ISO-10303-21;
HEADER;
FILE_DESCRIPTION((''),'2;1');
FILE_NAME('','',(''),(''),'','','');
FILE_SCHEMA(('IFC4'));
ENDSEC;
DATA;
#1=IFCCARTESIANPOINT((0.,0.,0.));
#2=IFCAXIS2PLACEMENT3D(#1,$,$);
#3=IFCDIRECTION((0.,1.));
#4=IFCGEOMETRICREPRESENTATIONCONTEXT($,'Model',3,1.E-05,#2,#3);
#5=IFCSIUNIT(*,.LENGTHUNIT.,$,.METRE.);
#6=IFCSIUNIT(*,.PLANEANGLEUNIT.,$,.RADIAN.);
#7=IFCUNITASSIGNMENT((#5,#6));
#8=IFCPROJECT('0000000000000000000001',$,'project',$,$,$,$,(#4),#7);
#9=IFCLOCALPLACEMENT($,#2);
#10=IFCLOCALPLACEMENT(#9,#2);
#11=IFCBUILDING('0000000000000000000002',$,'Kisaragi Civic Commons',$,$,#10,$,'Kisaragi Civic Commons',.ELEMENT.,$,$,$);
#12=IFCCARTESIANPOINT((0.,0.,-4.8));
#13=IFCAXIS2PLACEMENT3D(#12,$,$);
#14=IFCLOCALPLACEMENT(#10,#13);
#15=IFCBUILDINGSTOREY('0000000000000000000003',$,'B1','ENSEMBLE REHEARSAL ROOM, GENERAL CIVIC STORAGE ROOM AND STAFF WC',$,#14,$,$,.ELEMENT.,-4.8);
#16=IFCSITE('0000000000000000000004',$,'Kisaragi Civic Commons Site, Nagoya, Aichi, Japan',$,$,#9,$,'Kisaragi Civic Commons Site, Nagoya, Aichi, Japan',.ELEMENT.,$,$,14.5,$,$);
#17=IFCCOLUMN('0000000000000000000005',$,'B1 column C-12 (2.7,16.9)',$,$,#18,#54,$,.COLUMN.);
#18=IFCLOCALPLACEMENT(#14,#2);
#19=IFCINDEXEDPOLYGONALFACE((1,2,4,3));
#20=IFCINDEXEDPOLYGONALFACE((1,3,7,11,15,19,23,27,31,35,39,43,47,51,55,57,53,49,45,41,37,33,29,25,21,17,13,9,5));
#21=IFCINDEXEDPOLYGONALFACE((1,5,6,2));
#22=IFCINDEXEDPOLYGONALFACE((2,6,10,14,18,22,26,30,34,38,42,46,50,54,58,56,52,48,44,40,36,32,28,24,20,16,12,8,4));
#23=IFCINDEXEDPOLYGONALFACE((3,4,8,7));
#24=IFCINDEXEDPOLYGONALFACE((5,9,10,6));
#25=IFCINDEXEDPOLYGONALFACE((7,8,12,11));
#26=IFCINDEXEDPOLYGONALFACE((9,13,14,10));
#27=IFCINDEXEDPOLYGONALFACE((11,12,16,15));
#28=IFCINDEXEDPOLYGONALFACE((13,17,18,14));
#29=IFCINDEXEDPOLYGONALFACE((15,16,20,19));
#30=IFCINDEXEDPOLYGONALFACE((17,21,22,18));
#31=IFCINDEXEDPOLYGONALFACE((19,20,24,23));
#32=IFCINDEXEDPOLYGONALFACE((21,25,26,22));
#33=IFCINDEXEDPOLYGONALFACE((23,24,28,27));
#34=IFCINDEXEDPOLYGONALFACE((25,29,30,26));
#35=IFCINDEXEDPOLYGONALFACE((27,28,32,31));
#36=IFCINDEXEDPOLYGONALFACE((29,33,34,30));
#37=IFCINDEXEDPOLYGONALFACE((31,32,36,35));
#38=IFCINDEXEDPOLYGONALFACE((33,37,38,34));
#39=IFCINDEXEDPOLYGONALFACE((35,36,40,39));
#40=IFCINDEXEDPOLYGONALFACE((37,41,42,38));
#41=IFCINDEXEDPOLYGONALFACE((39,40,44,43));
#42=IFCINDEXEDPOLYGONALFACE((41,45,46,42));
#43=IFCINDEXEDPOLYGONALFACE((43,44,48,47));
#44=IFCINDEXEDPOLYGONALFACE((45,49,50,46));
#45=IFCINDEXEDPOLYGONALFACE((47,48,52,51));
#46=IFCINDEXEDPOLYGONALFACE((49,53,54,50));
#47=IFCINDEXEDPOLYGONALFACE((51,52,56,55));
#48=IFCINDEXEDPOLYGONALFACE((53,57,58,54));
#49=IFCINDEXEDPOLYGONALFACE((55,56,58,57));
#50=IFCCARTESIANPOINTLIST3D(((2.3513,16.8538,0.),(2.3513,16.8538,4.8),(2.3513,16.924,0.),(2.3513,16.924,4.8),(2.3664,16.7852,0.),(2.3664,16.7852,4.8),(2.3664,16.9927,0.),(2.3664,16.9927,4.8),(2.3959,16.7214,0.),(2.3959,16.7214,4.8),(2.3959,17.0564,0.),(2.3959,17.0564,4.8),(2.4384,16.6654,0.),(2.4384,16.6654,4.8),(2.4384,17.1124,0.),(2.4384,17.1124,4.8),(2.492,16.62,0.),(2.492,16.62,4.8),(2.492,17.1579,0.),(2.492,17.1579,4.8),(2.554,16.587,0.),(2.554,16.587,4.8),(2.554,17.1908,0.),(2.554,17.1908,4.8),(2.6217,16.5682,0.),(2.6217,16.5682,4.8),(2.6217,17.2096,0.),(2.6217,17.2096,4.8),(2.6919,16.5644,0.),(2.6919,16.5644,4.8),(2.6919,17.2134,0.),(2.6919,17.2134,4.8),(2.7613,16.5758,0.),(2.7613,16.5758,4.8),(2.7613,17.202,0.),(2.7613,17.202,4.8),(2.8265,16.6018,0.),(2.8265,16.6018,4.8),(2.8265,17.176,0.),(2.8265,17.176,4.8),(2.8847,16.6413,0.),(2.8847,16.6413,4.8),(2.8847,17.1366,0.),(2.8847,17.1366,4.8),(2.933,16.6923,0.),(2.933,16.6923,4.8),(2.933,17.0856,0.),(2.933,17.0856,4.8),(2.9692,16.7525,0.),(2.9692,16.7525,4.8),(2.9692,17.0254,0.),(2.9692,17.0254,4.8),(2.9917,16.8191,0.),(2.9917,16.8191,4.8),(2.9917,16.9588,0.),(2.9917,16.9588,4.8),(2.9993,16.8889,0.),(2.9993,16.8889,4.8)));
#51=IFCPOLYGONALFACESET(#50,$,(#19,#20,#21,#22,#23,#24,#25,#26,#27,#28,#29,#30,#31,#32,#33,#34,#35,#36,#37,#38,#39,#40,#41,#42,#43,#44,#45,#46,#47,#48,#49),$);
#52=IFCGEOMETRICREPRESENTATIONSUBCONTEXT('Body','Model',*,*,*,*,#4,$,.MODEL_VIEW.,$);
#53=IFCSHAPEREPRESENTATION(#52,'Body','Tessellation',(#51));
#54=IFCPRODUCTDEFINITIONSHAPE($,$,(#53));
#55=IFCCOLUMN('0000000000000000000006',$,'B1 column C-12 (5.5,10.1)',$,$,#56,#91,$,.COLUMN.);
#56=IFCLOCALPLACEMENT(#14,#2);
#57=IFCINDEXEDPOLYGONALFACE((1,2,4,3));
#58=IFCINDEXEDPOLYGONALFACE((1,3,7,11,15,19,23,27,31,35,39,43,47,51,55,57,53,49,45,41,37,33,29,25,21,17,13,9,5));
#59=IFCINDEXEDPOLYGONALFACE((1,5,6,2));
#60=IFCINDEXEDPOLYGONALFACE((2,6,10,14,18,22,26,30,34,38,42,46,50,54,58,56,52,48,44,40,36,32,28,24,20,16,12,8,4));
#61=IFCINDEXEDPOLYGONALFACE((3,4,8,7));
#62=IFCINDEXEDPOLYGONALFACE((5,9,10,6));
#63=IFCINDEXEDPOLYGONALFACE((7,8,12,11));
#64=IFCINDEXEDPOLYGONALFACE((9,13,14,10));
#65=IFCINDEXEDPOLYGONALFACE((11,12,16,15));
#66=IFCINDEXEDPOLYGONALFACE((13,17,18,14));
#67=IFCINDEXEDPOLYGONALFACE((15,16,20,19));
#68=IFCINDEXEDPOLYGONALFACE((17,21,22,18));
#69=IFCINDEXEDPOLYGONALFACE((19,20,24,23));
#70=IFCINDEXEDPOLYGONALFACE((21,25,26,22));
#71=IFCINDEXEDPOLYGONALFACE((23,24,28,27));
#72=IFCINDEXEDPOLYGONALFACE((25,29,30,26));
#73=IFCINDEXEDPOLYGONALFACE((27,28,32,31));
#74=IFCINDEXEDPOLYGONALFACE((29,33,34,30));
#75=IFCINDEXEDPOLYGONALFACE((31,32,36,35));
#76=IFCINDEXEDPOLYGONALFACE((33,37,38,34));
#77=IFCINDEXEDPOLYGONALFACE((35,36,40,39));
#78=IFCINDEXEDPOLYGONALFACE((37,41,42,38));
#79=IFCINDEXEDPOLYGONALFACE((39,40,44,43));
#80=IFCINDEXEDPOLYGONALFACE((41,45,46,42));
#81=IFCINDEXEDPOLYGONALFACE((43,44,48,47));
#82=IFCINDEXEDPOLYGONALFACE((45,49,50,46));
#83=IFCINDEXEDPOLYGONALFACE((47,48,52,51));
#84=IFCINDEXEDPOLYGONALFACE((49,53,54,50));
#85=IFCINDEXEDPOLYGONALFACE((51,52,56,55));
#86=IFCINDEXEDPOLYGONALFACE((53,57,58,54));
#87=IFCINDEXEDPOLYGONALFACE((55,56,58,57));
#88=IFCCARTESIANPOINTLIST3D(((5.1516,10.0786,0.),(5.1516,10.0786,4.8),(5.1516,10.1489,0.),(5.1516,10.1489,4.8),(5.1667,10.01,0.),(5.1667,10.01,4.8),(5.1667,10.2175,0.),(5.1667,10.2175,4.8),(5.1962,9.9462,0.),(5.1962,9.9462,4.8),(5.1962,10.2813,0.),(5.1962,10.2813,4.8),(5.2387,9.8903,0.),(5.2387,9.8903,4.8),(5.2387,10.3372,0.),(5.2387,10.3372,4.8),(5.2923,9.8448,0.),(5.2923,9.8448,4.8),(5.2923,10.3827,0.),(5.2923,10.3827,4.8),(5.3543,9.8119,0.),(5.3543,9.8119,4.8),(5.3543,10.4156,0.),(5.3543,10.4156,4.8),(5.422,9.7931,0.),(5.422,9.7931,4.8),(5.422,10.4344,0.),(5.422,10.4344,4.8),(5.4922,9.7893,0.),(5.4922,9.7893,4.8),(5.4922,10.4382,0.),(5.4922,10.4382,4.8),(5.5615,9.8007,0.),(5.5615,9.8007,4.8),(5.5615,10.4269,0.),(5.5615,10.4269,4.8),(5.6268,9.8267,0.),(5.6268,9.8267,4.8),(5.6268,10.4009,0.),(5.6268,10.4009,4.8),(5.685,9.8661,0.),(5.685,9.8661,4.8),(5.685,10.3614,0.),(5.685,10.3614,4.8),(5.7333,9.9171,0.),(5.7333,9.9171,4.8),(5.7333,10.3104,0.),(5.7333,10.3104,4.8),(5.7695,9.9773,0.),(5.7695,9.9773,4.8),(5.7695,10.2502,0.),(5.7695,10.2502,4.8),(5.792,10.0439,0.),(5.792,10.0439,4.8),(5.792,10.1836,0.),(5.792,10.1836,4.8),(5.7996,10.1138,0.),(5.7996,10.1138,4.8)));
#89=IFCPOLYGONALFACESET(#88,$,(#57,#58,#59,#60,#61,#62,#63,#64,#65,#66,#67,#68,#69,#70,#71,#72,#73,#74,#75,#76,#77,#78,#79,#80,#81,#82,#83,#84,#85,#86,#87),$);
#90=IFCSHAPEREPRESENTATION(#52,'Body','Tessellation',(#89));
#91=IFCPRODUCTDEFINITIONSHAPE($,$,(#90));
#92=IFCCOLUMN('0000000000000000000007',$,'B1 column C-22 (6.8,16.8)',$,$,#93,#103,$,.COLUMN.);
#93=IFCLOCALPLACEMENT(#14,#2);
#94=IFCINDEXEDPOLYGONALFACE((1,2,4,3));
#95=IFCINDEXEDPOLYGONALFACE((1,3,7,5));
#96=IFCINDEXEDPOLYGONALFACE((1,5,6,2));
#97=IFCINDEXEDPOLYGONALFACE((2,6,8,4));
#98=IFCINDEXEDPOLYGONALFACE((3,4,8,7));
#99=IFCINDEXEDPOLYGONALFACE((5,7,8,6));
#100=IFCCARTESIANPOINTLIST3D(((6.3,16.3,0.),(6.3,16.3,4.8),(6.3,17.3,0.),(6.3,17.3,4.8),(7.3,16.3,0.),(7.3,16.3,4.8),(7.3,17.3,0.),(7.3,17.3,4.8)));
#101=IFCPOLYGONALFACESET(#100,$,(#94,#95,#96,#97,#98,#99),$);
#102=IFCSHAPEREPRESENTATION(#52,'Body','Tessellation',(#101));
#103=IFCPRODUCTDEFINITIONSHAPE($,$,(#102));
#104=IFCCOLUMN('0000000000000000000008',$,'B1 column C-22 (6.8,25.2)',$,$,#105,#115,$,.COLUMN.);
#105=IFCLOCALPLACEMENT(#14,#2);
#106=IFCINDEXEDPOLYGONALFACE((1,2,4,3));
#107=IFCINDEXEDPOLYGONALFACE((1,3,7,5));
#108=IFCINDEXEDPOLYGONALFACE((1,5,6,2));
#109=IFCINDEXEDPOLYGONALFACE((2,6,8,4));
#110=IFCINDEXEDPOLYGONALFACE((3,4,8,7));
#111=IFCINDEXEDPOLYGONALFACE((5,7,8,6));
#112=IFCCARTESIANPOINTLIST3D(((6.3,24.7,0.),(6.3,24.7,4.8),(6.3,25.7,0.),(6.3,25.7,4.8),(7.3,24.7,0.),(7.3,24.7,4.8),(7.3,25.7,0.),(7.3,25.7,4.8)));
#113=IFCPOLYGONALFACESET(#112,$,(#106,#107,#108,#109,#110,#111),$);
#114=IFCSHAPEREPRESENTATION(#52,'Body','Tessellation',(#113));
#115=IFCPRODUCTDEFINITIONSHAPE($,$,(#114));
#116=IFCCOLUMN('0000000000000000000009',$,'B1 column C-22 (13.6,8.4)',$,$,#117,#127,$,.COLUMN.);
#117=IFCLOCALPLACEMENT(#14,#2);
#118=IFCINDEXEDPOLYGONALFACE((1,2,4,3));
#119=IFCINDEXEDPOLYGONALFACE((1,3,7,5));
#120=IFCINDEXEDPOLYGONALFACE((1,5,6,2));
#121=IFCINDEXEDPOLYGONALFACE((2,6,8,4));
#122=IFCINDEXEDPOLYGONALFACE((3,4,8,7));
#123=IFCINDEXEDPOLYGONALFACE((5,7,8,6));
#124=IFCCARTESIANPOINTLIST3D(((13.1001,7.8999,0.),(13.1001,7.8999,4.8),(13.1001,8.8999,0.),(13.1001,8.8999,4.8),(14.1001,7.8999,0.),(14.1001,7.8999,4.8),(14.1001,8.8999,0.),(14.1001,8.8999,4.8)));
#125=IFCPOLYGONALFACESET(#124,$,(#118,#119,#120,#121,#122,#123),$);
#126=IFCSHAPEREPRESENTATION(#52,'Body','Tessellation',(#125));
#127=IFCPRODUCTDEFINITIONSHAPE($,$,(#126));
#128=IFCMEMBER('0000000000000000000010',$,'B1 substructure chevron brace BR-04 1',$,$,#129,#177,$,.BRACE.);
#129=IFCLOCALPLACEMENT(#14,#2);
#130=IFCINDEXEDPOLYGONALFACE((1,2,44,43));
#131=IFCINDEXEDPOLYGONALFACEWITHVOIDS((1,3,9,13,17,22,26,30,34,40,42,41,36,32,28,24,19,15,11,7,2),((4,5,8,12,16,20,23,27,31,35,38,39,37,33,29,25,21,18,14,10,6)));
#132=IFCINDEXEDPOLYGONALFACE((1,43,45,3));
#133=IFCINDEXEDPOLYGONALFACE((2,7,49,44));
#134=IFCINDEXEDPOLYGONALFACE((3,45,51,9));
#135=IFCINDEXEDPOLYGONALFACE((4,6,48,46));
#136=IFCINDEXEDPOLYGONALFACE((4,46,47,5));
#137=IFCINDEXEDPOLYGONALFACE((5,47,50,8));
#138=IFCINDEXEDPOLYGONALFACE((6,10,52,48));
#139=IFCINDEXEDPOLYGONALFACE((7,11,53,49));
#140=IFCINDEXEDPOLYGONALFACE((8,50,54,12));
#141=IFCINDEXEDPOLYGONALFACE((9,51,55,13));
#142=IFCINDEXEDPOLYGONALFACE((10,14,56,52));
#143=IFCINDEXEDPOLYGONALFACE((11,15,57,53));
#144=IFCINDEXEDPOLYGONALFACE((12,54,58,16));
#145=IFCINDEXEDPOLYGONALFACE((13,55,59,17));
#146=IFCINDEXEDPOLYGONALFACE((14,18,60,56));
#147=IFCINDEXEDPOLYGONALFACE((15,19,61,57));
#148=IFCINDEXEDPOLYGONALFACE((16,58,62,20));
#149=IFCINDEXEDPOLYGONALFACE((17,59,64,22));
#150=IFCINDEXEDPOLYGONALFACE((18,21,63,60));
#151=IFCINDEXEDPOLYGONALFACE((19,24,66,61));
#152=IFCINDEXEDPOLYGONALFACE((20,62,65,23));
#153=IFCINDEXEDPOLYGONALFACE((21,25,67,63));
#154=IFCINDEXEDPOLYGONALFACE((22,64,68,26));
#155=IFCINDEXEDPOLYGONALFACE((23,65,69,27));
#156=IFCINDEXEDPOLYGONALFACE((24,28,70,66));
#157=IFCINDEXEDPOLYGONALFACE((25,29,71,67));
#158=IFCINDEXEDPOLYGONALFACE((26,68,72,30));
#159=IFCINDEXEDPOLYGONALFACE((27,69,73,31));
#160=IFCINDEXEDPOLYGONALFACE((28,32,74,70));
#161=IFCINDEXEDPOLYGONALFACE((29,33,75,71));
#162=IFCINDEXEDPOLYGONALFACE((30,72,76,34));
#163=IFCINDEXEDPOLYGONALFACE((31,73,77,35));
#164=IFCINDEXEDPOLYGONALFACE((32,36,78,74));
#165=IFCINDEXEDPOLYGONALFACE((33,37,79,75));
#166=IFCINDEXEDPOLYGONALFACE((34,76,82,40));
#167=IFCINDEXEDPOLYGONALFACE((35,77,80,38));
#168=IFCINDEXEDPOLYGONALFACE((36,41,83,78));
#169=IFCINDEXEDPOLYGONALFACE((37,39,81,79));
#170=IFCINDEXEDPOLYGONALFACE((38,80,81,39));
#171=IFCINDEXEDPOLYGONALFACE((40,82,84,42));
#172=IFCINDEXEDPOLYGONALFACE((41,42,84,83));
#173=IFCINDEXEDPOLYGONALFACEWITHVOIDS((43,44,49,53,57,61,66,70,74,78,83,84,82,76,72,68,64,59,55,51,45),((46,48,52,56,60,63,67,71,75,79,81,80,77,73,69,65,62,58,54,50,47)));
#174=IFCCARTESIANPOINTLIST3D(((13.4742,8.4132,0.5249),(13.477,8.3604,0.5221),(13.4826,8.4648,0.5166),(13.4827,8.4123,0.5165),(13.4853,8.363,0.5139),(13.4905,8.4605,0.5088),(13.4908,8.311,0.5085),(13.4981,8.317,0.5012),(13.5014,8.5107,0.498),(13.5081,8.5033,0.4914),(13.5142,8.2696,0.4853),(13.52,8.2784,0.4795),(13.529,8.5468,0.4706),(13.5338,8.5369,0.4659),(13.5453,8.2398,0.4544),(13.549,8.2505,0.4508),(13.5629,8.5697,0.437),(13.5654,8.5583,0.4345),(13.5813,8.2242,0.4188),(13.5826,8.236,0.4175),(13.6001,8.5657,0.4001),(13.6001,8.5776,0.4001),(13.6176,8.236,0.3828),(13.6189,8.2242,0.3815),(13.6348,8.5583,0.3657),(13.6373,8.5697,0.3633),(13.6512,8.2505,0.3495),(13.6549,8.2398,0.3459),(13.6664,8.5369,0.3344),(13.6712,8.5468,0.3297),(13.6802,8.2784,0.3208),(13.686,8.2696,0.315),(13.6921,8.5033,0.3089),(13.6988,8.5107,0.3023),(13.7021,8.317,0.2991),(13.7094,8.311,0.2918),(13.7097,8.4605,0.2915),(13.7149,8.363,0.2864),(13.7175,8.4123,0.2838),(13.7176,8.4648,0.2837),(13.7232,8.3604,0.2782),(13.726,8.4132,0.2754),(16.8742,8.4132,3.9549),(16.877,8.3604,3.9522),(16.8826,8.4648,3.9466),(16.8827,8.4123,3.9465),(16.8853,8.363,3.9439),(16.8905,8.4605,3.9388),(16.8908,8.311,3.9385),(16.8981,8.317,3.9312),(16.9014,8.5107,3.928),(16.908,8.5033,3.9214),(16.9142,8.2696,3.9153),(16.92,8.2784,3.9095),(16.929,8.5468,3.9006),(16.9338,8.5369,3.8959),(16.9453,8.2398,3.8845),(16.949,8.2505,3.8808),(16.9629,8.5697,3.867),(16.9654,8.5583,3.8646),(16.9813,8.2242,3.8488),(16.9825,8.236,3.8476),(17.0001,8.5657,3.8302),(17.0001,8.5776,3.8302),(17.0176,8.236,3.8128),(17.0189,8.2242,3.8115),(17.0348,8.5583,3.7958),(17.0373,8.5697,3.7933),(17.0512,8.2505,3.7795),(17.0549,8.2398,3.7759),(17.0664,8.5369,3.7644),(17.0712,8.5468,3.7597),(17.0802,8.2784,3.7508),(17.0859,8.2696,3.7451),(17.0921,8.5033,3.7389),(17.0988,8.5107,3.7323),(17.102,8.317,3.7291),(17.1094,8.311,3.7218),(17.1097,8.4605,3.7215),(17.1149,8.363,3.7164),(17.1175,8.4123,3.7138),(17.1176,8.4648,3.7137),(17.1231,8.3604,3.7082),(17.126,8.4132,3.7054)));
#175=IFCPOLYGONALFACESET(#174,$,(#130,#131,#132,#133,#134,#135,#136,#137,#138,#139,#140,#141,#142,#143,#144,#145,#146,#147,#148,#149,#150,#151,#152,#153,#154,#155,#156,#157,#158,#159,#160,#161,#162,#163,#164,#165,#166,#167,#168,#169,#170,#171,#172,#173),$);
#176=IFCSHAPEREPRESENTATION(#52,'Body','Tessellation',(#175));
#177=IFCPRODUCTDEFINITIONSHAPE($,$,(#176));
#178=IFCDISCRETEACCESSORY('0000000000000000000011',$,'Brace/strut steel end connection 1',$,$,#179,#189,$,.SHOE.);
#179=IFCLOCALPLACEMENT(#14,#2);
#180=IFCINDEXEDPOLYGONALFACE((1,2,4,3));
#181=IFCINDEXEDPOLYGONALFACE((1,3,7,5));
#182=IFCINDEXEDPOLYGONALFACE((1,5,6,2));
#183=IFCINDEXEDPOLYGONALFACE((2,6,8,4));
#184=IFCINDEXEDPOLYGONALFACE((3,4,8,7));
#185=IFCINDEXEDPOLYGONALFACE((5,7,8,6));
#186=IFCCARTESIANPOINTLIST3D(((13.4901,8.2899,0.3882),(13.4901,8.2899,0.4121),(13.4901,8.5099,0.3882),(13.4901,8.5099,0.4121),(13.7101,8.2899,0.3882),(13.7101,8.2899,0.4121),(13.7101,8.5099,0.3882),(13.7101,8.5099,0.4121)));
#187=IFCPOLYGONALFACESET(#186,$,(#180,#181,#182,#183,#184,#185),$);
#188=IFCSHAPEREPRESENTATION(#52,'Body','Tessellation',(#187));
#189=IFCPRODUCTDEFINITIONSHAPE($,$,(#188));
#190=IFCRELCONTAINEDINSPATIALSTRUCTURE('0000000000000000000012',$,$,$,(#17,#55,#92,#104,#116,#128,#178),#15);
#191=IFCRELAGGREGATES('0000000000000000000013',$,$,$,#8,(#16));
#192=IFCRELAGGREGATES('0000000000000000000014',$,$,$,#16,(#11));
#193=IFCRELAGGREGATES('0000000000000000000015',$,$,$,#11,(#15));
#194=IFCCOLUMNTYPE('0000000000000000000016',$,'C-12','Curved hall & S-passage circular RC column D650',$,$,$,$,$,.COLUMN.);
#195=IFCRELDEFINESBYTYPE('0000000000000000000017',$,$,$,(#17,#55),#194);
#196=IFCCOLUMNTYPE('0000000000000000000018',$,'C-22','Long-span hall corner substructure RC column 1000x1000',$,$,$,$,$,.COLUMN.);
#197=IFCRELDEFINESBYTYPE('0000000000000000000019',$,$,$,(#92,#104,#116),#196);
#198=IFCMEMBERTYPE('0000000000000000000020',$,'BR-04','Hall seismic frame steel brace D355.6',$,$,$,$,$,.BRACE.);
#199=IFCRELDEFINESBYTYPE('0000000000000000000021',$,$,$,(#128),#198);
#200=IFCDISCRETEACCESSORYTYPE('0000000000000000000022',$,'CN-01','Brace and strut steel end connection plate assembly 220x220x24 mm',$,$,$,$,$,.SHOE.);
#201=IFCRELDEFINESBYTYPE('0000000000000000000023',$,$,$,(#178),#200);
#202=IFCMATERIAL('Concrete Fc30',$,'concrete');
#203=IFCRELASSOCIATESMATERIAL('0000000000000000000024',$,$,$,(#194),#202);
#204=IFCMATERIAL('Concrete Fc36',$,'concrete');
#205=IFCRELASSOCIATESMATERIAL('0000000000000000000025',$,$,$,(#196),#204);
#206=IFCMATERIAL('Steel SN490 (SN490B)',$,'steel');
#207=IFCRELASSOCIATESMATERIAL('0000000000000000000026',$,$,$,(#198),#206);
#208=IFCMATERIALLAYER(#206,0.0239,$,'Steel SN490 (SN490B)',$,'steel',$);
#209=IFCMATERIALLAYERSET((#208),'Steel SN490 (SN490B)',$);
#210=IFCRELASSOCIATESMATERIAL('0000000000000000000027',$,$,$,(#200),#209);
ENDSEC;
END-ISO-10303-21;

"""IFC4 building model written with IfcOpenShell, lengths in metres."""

from ifc_helpers import new_model, si_unit, direction, frame, origin, origin_2d, place, context, subcontext, project, spatial, rectangle, circle, hollow_circle, extrude, material, layer, layer_set, material_profile, profile_set, type_object, element, save


model = new_model("IFC4")

# Units and contexts
model_context = context("Model", 3, precision=1e-05, world=origin(), true_north=direction((0.0, 1.0)))
body_context = subcontext(model_context, "Body", "Model", "MODEL_VIEW")
ifc_project = project(units=[si_unit("LENGTHUNIT", "METRE"), si_unit("PLANEANGLEUNIT", "RADIAN")], contexts=[model_context])

# Site, building, storey
site_placement = place(None, origin())
site = spatial("IfcSite", under=ifc_project, at=site_placement, Name="Kisaragi Civic Commons Site, Nagoya, Aichi, Japan", LongName="Kisaragi Civic Commons Site, Nagoya, Aichi, Japan", CompositionType="ELEMENT", RefElevation=14.5)
building_placement = place(site_placement, origin())
building = spatial("IfcBuilding", under=site, at=building_placement, Name="Kisaragi Civic Commons", LongName="Kisaragi Civic Commons", CompositionType="ELEMENT")
storey_placement = place(building_placement, frame((0.0, 0.0, -4.8)))
storey = spatial("IfcBuildingStorey", under=building, at=storey_placement, Name="B1", Description="ENSEMBLE REHEARSAL ROOM, GENERAL CIVIC STORAGE ROOM AND STAFF WC", CompositionType="ELEMENT", Elevation=-4.8)

# Shared definitions
ifc_material_1 = material(Name="Concrete Fc36", Category="concrete")

# Columns
ifc_material_2 = material(Name="Concrete Fc30", Category="concrete")
ifc_material_profile_1 = material_profile(ifc_material_2, circle(Radius=0.325, at=origin_2d()), Name="RC-D650", Category="concrete")
ifc_profile_set_1 = profile_set([ifc_material_profile_1], Name="Concrete Fc30")
column_type_1 = type_object("IfcColumnType", Name="C-12", Description="Curved hall & S-passage circular RC column D650", PredefinedType="COLUMN", material=ifc_profile_set_1)
for number, where, z_axis, x_axis, name in (
    (1, (2.6743, 16.8889, 0.0), (0.0, 0.0, 1.0), (1.0, 0.0, 0.0), "B1 column C-12 (2.7,16.9)"),
    (2, (5.4746, 10.1138, 0.0), (0.0, 0.0, 1.0), (1.0, 0.0, 0.0), "B1 column C-12 (5.5,10.1)"),
):
    element("IfcColumn", number, at=place(storey_placement, frame(where, z_axis=z_axis, x_axis=x_axis)), inside=storey, type_object=column_type_1, Name=name, PredefinedType="COLUMN", context=body_context, shape_type="SweptSolid", body=[
        extrude(circle(Radius=0.325, at=origin_2d()), origin(), (0.0, 0.0, 1.0), 4.8),
    ])
ifc_material_profile_2 = material_profile(ifc_material_1, rectangle(XDim=1.0, YDim=1.0, at=origin_2d()), Name="RC-1000x1000", Category="concrete")
ifc_profile_set_2 = profile_set([ifc_material_profile_2], Name="Concrete Fc36")
column_type_2 = type_object("IfcColumnType", Name="C-22", Description="Long-span hall corner substructure RC column 1000x1000", PredefinedType="COLUMN", material=ifc_profile_set_2)
for number, where, z_axis, x_axis, name in (
    (3, (6.8, 16.8, 0.0), (0.0, 0.0, 1.0), (1.0, 0.0, 0.0), "B1 column C-22 (6.8,16.8)"),
    (4, (6.8, 25.2, 0.0), (0.0, 0.0, 1.0), (1.0, 0.0, 0.0), "B1 column C-22 (6.8,25.2)"),
    (5, (13.6001, 8.3999, 0.0), (0.0, 0.0, 1.0), (1.0, 0.0, 0.0), "B1 column C-22 (13.6,8.4)"),
):
    element("IfcColumn", number, at=place(storey_placement, frame(where, z_axis=z_axis, x_axis=x_axis)), inside=storey, type_object=column_type_2, Name=name, PredefinedType="COLUMN", context=body_context, shape_type="SweptSolid", body=[
        extrude(rectangle(XDim=1.0, YDim=1.0, at=origin_2d()), origin(), (0.0, 0.0, 1.0), 4.8),
    ])

# Member
ifc_material_3 = material(Name="Steel SN490 (SN490B)", Category="steel")
ifc_material_profile_3 = material_profile(ifc_material_3, hollow_circle(Radius=0.1777, WallThickness=0.012, at=origin_2d()), Name="CHS-355.6x12.0", Category="steel")
ifc_profile_set_3 = profile_set([ifc_material_profile_3], Name="Steel SN490 (SN490B)")
member_type = type_object("IfcMemberType", Name="BR-04", Description="Hall seismic frame steel brace D355.6", PredefinedType="BRACE", material=ifc_profile_set_3)
member_placement = place(storey_placement, frame((13.6001, 8.3999, 0.4001), z_axis=(0.703991, 0.0, 0.710209), x_axis=(0.0, 1.0, 0.0)))
element("IfcMember", 6, at=member_placement, inside=storey, type_object=member_type, Name="B1 substructure chevron brace BR-04 1", PredefinedType="BRACE", context=body_context, shape_type="SweptSolid", body=[
    extrude(hollow_circle(Radius=0.1777, WallThickness=0.012, at=origin_2d()), origin(), (0.0, 0.0, 1.0), 4.8296),
])

# Discrete accessory
ifc_layer = layer(ifc_material_3, 0.0239, Name="Steel SN490 (SN490B)", Category="steel")
ifc_layer_set = layer_set([ifc_layer], Name="Steel SN490 (SN490B)")
discrete_accessory_type = type_object("IfcDiscreteAccessoryType", Name="CN-01", Description="Brace and strut steel end connection plate assembly 220x220x24 mm", PredefinedType="SHOE", material=ifc_layer_set)
discrete_accessory_placement = place(storey_placement, frame((13.6001, 8.3999, 0.3882), z_axis=(0.0, 0.0, 1.0), x_axis=(1.0, 0.0, 0.0)))
element("IfcDiscreteAccessory", 7, at=discrete_accessory_placement, inside=storey, type_object=discrete_accessory_type, Name="Brace/strut steel end connection 1", PredefinedType="SHOE", context=body_context, shape_type="SweptSolid", body=[
    extrude(rectangle(XDim=0.22, YDim=0.22, at=origin_2d()), origin(), (0.0, 0.0, 1.0), 0.0239),
])

save(model, "model.ifc")
